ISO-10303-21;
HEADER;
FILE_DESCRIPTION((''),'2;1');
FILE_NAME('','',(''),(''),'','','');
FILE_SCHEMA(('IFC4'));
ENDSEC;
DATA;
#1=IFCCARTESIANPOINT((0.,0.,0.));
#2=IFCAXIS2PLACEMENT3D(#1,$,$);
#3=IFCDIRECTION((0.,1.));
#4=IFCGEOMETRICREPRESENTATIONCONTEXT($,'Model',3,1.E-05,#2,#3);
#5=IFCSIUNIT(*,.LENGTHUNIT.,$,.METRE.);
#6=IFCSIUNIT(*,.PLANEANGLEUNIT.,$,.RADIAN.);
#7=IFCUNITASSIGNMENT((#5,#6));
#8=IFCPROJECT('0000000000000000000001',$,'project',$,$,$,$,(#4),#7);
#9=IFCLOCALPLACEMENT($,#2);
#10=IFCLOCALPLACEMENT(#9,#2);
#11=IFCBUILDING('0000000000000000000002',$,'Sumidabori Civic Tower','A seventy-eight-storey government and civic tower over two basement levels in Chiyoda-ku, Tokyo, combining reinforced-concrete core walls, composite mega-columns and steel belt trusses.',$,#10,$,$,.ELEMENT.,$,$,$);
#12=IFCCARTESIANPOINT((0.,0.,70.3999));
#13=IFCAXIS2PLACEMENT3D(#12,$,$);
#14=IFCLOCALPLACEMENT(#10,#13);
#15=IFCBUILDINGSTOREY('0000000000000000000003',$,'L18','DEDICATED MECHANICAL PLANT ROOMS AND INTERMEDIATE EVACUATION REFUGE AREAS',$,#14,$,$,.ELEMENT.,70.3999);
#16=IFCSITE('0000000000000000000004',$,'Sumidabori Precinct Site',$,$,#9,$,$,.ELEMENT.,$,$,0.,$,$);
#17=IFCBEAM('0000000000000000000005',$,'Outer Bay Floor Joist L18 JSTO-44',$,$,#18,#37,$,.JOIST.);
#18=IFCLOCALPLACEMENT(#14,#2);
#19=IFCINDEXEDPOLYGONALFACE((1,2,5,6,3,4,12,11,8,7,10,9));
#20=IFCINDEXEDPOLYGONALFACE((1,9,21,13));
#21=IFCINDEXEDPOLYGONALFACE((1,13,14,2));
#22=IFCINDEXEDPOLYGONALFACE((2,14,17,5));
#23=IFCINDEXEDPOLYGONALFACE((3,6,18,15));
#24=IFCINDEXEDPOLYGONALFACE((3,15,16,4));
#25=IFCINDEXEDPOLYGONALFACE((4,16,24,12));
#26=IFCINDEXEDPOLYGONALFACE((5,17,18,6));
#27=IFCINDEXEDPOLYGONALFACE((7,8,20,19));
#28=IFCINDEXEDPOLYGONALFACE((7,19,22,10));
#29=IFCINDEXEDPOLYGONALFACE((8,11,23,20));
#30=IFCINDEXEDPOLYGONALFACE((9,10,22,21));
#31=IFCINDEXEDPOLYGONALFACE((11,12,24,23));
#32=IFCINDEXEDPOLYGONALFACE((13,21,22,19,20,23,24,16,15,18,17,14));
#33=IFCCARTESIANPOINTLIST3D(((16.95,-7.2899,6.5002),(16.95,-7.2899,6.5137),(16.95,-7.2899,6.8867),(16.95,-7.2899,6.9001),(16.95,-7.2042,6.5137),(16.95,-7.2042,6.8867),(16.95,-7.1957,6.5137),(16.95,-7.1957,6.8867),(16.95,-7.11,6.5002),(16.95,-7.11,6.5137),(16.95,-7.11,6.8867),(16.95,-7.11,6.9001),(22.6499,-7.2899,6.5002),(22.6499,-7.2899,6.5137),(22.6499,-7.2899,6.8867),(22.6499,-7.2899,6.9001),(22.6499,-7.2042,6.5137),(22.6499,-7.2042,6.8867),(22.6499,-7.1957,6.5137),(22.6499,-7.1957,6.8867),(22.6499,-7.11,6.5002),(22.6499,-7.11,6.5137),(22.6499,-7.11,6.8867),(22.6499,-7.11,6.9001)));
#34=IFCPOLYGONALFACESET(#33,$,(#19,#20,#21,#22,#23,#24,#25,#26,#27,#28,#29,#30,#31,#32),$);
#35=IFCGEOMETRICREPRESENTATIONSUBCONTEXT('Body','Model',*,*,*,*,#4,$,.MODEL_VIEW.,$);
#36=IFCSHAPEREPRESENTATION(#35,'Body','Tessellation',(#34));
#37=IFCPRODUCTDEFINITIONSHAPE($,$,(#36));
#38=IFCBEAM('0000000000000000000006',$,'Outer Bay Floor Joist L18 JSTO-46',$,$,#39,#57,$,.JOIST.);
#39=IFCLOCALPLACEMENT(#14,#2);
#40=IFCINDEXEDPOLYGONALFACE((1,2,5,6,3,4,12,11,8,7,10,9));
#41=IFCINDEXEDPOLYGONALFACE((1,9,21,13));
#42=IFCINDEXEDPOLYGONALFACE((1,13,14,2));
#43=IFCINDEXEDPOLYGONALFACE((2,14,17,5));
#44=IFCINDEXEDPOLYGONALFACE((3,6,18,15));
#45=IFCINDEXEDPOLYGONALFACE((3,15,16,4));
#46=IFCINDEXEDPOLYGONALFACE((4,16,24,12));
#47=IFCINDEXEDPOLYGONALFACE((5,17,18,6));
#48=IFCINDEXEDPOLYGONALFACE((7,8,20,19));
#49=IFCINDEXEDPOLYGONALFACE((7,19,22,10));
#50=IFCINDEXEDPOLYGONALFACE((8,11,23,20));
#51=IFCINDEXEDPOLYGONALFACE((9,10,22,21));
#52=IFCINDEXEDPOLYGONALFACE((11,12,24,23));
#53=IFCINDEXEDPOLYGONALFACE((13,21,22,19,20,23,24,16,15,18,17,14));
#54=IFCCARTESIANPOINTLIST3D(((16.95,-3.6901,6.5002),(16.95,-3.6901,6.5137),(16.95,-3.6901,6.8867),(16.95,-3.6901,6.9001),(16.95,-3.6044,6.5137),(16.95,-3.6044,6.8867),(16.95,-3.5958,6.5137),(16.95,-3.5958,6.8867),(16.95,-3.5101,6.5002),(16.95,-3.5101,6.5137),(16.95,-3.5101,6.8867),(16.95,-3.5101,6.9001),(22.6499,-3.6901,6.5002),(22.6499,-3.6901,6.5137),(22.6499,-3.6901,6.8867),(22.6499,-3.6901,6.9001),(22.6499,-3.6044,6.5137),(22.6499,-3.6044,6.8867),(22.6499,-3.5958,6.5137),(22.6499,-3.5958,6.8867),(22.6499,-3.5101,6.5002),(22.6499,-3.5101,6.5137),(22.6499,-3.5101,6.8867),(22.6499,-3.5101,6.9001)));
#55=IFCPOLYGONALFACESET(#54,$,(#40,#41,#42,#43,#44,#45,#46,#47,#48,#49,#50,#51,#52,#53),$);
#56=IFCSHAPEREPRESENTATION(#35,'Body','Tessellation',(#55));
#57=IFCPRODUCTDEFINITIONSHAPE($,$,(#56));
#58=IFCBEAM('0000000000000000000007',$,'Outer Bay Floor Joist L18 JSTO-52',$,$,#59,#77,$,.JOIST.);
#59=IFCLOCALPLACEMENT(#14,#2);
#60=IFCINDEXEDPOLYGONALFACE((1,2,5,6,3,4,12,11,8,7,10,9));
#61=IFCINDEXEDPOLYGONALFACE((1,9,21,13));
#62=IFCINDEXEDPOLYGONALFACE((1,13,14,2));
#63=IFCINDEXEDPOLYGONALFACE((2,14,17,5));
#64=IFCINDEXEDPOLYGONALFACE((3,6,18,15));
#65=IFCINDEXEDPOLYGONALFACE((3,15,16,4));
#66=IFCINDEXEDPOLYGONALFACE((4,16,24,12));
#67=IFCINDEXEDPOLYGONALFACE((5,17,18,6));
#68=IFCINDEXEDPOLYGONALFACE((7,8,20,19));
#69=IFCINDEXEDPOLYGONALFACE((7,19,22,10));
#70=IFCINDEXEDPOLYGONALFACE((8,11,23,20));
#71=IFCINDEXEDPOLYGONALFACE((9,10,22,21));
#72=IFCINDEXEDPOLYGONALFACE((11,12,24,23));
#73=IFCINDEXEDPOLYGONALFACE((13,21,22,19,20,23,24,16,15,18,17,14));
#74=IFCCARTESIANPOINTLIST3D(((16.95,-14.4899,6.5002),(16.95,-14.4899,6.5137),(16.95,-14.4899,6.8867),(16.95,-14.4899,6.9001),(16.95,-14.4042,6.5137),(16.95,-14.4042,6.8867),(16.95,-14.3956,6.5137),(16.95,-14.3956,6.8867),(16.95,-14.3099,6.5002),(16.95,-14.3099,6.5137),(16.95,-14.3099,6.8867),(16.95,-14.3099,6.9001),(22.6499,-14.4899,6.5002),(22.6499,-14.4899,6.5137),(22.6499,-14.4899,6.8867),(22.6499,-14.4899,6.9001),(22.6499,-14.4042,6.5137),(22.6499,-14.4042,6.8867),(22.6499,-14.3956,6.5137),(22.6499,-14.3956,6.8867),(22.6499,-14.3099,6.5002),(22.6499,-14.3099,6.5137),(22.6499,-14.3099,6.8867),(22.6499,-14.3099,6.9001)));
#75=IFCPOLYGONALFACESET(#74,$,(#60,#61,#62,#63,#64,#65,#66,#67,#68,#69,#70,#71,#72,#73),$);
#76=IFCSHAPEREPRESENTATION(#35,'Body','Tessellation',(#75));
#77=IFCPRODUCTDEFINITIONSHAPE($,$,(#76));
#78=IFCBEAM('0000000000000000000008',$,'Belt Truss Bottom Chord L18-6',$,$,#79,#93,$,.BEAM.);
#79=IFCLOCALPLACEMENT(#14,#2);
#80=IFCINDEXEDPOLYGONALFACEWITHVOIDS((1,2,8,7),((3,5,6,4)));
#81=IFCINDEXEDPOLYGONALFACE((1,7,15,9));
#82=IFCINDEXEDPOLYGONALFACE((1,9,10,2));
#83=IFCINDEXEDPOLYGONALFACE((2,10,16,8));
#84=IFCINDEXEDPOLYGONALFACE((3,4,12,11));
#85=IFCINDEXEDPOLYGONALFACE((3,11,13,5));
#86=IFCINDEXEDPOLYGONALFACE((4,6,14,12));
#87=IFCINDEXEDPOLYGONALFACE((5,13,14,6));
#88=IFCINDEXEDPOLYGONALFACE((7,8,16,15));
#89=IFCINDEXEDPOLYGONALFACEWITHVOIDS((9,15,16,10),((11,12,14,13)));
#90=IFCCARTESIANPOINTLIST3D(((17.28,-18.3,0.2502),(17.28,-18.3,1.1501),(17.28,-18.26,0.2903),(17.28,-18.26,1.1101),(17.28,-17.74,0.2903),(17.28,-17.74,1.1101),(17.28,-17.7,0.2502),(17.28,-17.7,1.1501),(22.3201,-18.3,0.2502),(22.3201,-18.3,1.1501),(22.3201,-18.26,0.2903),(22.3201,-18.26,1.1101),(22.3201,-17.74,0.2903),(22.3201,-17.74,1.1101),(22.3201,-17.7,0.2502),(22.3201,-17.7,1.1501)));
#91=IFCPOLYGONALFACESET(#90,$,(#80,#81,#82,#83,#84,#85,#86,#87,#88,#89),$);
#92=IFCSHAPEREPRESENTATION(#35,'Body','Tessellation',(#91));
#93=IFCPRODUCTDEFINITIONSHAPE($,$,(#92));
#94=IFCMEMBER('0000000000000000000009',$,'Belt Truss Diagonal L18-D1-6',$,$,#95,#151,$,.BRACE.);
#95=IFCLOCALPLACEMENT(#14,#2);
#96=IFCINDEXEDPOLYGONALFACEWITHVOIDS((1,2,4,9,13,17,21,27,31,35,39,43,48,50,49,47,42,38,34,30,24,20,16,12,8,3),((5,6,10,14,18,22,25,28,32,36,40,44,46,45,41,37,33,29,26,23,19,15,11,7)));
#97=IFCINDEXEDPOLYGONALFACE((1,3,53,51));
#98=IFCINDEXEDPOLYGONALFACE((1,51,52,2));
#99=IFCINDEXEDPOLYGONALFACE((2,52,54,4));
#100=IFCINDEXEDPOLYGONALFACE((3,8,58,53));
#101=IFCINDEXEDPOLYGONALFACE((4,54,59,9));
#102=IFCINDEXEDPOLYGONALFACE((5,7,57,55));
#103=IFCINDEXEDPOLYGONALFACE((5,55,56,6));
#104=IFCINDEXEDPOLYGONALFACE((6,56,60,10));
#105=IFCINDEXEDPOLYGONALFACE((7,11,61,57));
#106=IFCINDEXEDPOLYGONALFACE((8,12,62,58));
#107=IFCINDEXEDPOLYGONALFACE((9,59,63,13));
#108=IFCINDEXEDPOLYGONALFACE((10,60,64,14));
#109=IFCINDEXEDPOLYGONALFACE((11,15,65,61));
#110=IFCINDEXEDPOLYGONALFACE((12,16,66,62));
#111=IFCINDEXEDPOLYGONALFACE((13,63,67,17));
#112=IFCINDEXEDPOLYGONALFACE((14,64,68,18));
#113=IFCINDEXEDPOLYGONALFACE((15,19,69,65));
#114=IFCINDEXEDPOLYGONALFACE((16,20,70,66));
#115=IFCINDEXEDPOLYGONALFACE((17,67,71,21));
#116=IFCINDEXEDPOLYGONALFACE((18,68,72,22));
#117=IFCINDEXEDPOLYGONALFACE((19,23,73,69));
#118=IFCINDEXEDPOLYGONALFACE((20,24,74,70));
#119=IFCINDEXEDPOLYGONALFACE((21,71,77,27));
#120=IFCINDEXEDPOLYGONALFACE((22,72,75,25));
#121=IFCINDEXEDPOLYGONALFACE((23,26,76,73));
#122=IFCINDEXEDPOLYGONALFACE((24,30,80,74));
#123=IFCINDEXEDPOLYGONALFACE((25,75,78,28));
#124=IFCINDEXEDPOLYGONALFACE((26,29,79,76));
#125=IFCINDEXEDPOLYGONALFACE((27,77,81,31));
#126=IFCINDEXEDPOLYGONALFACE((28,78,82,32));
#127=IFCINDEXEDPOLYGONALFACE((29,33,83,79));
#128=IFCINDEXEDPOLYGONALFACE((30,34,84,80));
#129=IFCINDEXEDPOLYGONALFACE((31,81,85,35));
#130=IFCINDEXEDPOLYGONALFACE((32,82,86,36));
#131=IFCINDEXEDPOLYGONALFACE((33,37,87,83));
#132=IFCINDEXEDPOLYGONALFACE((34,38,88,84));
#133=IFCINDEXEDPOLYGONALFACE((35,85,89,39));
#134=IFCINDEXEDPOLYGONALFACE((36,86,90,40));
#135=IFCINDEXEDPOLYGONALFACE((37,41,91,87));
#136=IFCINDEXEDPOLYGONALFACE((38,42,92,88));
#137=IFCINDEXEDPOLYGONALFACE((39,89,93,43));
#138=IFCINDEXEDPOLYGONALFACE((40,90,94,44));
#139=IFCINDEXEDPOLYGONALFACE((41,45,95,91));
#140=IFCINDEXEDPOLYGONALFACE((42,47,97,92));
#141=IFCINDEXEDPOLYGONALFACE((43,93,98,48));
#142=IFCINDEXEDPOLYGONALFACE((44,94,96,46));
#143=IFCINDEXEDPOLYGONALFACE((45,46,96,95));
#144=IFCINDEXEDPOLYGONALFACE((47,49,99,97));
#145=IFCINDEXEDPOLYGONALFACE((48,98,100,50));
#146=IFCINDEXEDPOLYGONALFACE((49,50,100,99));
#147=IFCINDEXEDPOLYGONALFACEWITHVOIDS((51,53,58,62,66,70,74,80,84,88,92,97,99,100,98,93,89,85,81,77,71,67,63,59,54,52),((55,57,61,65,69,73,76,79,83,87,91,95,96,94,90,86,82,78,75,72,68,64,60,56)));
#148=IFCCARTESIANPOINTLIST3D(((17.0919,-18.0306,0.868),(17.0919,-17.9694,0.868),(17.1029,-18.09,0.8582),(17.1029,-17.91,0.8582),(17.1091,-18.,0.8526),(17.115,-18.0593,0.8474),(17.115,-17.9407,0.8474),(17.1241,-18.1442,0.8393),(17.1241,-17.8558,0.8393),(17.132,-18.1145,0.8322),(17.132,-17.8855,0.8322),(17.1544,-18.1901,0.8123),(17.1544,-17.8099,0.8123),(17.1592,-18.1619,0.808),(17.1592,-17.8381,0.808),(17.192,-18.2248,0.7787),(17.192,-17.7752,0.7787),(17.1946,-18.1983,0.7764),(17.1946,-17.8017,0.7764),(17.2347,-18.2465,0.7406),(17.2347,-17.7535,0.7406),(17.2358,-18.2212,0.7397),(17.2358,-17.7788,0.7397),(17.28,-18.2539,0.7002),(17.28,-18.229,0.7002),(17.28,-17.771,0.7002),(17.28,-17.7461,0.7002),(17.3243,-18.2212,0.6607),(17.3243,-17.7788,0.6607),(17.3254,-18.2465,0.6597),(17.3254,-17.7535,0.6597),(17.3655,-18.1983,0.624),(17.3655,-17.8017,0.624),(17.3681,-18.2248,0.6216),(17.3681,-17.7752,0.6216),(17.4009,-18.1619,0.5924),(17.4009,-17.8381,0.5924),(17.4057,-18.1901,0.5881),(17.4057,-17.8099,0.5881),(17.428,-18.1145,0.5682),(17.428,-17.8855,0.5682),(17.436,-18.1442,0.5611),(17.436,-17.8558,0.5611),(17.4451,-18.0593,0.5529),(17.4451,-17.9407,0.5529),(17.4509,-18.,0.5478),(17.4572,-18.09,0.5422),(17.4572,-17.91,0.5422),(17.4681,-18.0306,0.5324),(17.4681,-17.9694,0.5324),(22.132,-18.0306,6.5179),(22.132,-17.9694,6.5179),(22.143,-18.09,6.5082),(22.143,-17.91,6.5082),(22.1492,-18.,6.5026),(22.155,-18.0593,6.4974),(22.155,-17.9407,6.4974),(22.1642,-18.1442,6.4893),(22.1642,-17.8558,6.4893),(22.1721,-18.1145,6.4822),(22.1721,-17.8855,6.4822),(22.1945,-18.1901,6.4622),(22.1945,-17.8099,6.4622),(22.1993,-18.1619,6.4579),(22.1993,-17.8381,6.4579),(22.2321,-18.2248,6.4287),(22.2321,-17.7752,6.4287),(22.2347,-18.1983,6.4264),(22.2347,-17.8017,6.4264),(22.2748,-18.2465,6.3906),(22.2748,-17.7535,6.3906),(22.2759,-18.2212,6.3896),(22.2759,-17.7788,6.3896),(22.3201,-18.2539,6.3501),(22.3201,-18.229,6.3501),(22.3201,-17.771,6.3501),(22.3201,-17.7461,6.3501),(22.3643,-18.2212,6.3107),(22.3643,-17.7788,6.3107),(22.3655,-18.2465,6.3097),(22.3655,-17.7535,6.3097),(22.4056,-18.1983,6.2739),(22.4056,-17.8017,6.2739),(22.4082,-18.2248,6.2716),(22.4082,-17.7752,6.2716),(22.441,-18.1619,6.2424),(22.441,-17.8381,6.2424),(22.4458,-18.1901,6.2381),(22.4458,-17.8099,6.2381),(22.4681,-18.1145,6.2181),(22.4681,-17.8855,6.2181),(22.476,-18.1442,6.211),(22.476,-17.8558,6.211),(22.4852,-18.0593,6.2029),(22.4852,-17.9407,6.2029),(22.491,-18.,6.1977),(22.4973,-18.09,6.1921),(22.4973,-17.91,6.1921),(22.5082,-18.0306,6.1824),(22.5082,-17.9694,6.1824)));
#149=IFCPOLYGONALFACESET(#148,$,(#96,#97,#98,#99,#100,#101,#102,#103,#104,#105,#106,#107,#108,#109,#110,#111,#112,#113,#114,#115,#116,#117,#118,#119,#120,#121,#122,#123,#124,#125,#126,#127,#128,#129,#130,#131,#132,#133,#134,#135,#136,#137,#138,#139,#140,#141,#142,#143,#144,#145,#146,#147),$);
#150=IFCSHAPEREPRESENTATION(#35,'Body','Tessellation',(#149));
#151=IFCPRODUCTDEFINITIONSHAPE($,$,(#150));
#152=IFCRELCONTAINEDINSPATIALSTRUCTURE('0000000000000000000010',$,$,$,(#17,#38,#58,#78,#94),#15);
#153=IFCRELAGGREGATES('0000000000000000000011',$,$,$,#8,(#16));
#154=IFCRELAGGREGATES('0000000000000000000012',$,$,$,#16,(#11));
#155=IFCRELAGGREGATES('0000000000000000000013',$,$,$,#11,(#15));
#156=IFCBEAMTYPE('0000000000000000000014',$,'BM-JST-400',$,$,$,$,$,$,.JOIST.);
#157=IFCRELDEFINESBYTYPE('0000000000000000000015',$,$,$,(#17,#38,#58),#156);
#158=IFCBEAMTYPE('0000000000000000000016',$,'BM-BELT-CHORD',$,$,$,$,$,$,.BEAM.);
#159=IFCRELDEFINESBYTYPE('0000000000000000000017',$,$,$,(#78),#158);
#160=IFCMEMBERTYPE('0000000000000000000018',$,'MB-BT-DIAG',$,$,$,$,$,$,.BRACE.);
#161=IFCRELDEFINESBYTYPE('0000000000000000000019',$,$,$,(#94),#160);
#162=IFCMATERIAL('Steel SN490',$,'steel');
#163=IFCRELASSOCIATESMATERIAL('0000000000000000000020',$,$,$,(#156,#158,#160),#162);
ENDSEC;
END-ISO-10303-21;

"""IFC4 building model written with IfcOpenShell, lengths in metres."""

from ifc_helpers import new_model, si_unit, direction, frame, origin, origin_2d, place, context, subcontext, project, spatial, hollow_rectangle, hollow_circle, i_section, extrude, source, transform, mapped, material, material_profile, profile_set, type_object, element, save


model = new_model("IFC4")

# Units and contexts
model_context = context("Model", 3, precision=1e-05, world=origin(), true_north=direction((0.0, 1.0)))
body_context = subcontext(model_context, "Body", "Model", "MODEL_VIEW")
ifc_project = project(units=[si_unit("LENGTHUNIT", "METRE"), si_unit("PLANEANGLEUNIT", "RADIAN")], contexts=[model_context])

# Site, building, storey
site_placement = place(None, origin())
site = spatial("IfcSite", under=ifc_project, at=site_placement, Name="Sumidabori Precinct Site", CompositionType="ELEMENT", RefElevation=0.0)
building_placement = place(site_placement, origin())
building = spatial("IfcBuilding", under=site, at=building_placement, Name="Sumidabori Civic Tower", Description="A seventy-eight-storey government and civic tower over two basement levels in Chiyoda-ku, Tokyo, combining reinforced-concrete core walls, composite mega-columns and steel belt trusses.", CompositionType="ELEMENT")
storey_placement = place(building_placement, frame((0.0, 0.0, 70.3999)))
storey = spatial("IfcBuildingStorey", under=building, at=storey_placement, Name="L18", Description="DEDICATED MECHANICAL PLANT ROOMS AND INTERMEDIATE EVACUATION REFUGE AREAS", CompositionType="ELEMENT", Elevation=70.3999)

# Beams
ifc_material_1 = material(Name="Steel SN490", Category="steel")
ifc_material_profile_1 = material_profile(ifc_material_1, i_section(OverallWidth=0.1799, OverallDepth=0.3999, WebThickness=0.0085, FlangeThickness=0.0134, at=origin_2d()), Name="IPE 400")
ifc_profile_set_1 = profile_set([ifc_material_profile_1], Name="Steel SN490")
beam_type_1 = type_object("IfcBeamType", Name="BM-JST-400", PredefinedType="JOIST", material=ifc_profile_set_1)
shared_shape_1 = source(origin(), body_context, "Body", "SweptSolid", [
    extrude(i_section(OverallWidth=0.1799, OverallDepth=0.3999, WebThickness=0.0085, FlangeThickness=0.0134, at=origin_2d()), origin(), (0.0, 0.0, 1.0), 5.7),
])
for number, where, z_axis, x_axis, name in (
    (1, (16.95, -7.2, 6.7002), (1.0, 0.0, 0.0), (0.0, 1.0, 0.0), "Outer Bay Floor Joist L18 JSTO-44"),
    (2, (16.95, -3.6001, 6.7002), (1.0, 0.0, 0.0), (0.0, 1.0, 0.0), "Outer Bay Floor Joist L18 JSTO-46"),
    (3, (16.95, -14.3999, 6.7002), (1.0, 0.0, 0.0), (0.0, 1.0, 0.0), "Outer Bay Floor Joist L18 JSTO-52"),
):
    element("IfcBeam", number, at=place(storey_placement, frame(where, z_axis=z_axis, x_axis=x_axis)), inside=storey, type_object=beam_type_1, Name=name, PredefinedType="JOIST", context=body_context, shape_type="MappedRepresentation", body=[
        mapped(shared_shape_1, transform((0.0, 0.0, 0.0), x_axis=(1.0, 0.0, 0.0), y_axis=(0.0, 1.0, 0.0), z_axis=(0.0, 0.0, 1.0), scale=1.0)),
    ])
ifc_material_profile_2 = material_profile(ifc_material_1, hollow_rectangle(XDim=0.6001, YDim=0.8999, WallThickness=0.04, at=origin_2d()), Name="RHS 900x600x40")
ifc_profile_set_2 = profile_set([ifc_material_profile_2], Name="Steel SN490")
beam_type_2 = type_object("IfcBeamType", Name="BM-BELT-CHORD", PredefinedType="BEAM", material=ifc_profile_set_2)
shared_shape_2 = source(origin(), body_context, "Body", "SweptSolid", [
    extrude(hollow_rectangle(XDim=0.6001, YDim=0.8999, WallThickness=0.04, at=origin_2d()), origin(), (0.0, 0.0, 1.0), 5.04),
])
beam_placement = place(storey_placement, frame((17.28, -18.0, 0.7002), z_axis=(1.0, 0.0, 0.0), x_axis=(0.0, 1.0, 0.0)))
element("IfcBeam", 4, at=beam_placement, inside=storey, type_object=beam_type_2, Name="Belt Truss Bottom Chord L18-6", PredefinedType="BEAM", context=body_context, shape_type="MappedRepresentation", body=[
    mapped(shared_shape_2, transform((0.0, 0.0, 0.0), x_axis=(1.0, 0.0, 0.0), y_axis=(0.0, 1.0, 0.0), z_axis=(0.0, 0.0, 1.0), scale=1.0)),
])

# Member
ifc_material_profile_3 = material_profile(ifc_material_1, hollow_circle(Radius=0.2539, WallThickness=0.0249, at=origin_2d()), Name="CHS 508x25")
ifc_profile_set_3 = profile_set([ifc_material_profile_3], Name="Steel SN490")
member_type = type_object("IfcMemberType", Name="MB-BT-DIAG", PredefinedType="BRACE", material=ifc_profile_set_3)
shared_shape_3 = source(origin(), body_context, "Body", "SweptSolid", [
    extrude(hollow_circle(Radius=0.2539, WallThickness=0.0249, at=origin_2d()), origin(), (0.0, 0.0, 1.0), 7.5713),
])
member_1_placement = place(storey_placement, frame((17.28, -18.0, 0.7002), z_axis=(0.665684, 0.0, 0.746234), x_axis=(0.0, 1.0, 0.0)))
element("IfcMember", 5, at=member_1_placement, inside=storey, type_object=member_type, Name="Belt Truss Diagonal L18-D1-6", PredefinedType="BRACE", context=body_context, shape_type="MappedRepresentation", body=[
    mapped(shared_shape_3, transform((0.0, 0.0, 0.0), x_axis=(1.0, 0.0, 0.0), y_axis=(0.0, 1.0, 0.0), z_axis=(0.0, 0.0, 1.0), scale=1.0)),
])

save(model, "model.ifc")
